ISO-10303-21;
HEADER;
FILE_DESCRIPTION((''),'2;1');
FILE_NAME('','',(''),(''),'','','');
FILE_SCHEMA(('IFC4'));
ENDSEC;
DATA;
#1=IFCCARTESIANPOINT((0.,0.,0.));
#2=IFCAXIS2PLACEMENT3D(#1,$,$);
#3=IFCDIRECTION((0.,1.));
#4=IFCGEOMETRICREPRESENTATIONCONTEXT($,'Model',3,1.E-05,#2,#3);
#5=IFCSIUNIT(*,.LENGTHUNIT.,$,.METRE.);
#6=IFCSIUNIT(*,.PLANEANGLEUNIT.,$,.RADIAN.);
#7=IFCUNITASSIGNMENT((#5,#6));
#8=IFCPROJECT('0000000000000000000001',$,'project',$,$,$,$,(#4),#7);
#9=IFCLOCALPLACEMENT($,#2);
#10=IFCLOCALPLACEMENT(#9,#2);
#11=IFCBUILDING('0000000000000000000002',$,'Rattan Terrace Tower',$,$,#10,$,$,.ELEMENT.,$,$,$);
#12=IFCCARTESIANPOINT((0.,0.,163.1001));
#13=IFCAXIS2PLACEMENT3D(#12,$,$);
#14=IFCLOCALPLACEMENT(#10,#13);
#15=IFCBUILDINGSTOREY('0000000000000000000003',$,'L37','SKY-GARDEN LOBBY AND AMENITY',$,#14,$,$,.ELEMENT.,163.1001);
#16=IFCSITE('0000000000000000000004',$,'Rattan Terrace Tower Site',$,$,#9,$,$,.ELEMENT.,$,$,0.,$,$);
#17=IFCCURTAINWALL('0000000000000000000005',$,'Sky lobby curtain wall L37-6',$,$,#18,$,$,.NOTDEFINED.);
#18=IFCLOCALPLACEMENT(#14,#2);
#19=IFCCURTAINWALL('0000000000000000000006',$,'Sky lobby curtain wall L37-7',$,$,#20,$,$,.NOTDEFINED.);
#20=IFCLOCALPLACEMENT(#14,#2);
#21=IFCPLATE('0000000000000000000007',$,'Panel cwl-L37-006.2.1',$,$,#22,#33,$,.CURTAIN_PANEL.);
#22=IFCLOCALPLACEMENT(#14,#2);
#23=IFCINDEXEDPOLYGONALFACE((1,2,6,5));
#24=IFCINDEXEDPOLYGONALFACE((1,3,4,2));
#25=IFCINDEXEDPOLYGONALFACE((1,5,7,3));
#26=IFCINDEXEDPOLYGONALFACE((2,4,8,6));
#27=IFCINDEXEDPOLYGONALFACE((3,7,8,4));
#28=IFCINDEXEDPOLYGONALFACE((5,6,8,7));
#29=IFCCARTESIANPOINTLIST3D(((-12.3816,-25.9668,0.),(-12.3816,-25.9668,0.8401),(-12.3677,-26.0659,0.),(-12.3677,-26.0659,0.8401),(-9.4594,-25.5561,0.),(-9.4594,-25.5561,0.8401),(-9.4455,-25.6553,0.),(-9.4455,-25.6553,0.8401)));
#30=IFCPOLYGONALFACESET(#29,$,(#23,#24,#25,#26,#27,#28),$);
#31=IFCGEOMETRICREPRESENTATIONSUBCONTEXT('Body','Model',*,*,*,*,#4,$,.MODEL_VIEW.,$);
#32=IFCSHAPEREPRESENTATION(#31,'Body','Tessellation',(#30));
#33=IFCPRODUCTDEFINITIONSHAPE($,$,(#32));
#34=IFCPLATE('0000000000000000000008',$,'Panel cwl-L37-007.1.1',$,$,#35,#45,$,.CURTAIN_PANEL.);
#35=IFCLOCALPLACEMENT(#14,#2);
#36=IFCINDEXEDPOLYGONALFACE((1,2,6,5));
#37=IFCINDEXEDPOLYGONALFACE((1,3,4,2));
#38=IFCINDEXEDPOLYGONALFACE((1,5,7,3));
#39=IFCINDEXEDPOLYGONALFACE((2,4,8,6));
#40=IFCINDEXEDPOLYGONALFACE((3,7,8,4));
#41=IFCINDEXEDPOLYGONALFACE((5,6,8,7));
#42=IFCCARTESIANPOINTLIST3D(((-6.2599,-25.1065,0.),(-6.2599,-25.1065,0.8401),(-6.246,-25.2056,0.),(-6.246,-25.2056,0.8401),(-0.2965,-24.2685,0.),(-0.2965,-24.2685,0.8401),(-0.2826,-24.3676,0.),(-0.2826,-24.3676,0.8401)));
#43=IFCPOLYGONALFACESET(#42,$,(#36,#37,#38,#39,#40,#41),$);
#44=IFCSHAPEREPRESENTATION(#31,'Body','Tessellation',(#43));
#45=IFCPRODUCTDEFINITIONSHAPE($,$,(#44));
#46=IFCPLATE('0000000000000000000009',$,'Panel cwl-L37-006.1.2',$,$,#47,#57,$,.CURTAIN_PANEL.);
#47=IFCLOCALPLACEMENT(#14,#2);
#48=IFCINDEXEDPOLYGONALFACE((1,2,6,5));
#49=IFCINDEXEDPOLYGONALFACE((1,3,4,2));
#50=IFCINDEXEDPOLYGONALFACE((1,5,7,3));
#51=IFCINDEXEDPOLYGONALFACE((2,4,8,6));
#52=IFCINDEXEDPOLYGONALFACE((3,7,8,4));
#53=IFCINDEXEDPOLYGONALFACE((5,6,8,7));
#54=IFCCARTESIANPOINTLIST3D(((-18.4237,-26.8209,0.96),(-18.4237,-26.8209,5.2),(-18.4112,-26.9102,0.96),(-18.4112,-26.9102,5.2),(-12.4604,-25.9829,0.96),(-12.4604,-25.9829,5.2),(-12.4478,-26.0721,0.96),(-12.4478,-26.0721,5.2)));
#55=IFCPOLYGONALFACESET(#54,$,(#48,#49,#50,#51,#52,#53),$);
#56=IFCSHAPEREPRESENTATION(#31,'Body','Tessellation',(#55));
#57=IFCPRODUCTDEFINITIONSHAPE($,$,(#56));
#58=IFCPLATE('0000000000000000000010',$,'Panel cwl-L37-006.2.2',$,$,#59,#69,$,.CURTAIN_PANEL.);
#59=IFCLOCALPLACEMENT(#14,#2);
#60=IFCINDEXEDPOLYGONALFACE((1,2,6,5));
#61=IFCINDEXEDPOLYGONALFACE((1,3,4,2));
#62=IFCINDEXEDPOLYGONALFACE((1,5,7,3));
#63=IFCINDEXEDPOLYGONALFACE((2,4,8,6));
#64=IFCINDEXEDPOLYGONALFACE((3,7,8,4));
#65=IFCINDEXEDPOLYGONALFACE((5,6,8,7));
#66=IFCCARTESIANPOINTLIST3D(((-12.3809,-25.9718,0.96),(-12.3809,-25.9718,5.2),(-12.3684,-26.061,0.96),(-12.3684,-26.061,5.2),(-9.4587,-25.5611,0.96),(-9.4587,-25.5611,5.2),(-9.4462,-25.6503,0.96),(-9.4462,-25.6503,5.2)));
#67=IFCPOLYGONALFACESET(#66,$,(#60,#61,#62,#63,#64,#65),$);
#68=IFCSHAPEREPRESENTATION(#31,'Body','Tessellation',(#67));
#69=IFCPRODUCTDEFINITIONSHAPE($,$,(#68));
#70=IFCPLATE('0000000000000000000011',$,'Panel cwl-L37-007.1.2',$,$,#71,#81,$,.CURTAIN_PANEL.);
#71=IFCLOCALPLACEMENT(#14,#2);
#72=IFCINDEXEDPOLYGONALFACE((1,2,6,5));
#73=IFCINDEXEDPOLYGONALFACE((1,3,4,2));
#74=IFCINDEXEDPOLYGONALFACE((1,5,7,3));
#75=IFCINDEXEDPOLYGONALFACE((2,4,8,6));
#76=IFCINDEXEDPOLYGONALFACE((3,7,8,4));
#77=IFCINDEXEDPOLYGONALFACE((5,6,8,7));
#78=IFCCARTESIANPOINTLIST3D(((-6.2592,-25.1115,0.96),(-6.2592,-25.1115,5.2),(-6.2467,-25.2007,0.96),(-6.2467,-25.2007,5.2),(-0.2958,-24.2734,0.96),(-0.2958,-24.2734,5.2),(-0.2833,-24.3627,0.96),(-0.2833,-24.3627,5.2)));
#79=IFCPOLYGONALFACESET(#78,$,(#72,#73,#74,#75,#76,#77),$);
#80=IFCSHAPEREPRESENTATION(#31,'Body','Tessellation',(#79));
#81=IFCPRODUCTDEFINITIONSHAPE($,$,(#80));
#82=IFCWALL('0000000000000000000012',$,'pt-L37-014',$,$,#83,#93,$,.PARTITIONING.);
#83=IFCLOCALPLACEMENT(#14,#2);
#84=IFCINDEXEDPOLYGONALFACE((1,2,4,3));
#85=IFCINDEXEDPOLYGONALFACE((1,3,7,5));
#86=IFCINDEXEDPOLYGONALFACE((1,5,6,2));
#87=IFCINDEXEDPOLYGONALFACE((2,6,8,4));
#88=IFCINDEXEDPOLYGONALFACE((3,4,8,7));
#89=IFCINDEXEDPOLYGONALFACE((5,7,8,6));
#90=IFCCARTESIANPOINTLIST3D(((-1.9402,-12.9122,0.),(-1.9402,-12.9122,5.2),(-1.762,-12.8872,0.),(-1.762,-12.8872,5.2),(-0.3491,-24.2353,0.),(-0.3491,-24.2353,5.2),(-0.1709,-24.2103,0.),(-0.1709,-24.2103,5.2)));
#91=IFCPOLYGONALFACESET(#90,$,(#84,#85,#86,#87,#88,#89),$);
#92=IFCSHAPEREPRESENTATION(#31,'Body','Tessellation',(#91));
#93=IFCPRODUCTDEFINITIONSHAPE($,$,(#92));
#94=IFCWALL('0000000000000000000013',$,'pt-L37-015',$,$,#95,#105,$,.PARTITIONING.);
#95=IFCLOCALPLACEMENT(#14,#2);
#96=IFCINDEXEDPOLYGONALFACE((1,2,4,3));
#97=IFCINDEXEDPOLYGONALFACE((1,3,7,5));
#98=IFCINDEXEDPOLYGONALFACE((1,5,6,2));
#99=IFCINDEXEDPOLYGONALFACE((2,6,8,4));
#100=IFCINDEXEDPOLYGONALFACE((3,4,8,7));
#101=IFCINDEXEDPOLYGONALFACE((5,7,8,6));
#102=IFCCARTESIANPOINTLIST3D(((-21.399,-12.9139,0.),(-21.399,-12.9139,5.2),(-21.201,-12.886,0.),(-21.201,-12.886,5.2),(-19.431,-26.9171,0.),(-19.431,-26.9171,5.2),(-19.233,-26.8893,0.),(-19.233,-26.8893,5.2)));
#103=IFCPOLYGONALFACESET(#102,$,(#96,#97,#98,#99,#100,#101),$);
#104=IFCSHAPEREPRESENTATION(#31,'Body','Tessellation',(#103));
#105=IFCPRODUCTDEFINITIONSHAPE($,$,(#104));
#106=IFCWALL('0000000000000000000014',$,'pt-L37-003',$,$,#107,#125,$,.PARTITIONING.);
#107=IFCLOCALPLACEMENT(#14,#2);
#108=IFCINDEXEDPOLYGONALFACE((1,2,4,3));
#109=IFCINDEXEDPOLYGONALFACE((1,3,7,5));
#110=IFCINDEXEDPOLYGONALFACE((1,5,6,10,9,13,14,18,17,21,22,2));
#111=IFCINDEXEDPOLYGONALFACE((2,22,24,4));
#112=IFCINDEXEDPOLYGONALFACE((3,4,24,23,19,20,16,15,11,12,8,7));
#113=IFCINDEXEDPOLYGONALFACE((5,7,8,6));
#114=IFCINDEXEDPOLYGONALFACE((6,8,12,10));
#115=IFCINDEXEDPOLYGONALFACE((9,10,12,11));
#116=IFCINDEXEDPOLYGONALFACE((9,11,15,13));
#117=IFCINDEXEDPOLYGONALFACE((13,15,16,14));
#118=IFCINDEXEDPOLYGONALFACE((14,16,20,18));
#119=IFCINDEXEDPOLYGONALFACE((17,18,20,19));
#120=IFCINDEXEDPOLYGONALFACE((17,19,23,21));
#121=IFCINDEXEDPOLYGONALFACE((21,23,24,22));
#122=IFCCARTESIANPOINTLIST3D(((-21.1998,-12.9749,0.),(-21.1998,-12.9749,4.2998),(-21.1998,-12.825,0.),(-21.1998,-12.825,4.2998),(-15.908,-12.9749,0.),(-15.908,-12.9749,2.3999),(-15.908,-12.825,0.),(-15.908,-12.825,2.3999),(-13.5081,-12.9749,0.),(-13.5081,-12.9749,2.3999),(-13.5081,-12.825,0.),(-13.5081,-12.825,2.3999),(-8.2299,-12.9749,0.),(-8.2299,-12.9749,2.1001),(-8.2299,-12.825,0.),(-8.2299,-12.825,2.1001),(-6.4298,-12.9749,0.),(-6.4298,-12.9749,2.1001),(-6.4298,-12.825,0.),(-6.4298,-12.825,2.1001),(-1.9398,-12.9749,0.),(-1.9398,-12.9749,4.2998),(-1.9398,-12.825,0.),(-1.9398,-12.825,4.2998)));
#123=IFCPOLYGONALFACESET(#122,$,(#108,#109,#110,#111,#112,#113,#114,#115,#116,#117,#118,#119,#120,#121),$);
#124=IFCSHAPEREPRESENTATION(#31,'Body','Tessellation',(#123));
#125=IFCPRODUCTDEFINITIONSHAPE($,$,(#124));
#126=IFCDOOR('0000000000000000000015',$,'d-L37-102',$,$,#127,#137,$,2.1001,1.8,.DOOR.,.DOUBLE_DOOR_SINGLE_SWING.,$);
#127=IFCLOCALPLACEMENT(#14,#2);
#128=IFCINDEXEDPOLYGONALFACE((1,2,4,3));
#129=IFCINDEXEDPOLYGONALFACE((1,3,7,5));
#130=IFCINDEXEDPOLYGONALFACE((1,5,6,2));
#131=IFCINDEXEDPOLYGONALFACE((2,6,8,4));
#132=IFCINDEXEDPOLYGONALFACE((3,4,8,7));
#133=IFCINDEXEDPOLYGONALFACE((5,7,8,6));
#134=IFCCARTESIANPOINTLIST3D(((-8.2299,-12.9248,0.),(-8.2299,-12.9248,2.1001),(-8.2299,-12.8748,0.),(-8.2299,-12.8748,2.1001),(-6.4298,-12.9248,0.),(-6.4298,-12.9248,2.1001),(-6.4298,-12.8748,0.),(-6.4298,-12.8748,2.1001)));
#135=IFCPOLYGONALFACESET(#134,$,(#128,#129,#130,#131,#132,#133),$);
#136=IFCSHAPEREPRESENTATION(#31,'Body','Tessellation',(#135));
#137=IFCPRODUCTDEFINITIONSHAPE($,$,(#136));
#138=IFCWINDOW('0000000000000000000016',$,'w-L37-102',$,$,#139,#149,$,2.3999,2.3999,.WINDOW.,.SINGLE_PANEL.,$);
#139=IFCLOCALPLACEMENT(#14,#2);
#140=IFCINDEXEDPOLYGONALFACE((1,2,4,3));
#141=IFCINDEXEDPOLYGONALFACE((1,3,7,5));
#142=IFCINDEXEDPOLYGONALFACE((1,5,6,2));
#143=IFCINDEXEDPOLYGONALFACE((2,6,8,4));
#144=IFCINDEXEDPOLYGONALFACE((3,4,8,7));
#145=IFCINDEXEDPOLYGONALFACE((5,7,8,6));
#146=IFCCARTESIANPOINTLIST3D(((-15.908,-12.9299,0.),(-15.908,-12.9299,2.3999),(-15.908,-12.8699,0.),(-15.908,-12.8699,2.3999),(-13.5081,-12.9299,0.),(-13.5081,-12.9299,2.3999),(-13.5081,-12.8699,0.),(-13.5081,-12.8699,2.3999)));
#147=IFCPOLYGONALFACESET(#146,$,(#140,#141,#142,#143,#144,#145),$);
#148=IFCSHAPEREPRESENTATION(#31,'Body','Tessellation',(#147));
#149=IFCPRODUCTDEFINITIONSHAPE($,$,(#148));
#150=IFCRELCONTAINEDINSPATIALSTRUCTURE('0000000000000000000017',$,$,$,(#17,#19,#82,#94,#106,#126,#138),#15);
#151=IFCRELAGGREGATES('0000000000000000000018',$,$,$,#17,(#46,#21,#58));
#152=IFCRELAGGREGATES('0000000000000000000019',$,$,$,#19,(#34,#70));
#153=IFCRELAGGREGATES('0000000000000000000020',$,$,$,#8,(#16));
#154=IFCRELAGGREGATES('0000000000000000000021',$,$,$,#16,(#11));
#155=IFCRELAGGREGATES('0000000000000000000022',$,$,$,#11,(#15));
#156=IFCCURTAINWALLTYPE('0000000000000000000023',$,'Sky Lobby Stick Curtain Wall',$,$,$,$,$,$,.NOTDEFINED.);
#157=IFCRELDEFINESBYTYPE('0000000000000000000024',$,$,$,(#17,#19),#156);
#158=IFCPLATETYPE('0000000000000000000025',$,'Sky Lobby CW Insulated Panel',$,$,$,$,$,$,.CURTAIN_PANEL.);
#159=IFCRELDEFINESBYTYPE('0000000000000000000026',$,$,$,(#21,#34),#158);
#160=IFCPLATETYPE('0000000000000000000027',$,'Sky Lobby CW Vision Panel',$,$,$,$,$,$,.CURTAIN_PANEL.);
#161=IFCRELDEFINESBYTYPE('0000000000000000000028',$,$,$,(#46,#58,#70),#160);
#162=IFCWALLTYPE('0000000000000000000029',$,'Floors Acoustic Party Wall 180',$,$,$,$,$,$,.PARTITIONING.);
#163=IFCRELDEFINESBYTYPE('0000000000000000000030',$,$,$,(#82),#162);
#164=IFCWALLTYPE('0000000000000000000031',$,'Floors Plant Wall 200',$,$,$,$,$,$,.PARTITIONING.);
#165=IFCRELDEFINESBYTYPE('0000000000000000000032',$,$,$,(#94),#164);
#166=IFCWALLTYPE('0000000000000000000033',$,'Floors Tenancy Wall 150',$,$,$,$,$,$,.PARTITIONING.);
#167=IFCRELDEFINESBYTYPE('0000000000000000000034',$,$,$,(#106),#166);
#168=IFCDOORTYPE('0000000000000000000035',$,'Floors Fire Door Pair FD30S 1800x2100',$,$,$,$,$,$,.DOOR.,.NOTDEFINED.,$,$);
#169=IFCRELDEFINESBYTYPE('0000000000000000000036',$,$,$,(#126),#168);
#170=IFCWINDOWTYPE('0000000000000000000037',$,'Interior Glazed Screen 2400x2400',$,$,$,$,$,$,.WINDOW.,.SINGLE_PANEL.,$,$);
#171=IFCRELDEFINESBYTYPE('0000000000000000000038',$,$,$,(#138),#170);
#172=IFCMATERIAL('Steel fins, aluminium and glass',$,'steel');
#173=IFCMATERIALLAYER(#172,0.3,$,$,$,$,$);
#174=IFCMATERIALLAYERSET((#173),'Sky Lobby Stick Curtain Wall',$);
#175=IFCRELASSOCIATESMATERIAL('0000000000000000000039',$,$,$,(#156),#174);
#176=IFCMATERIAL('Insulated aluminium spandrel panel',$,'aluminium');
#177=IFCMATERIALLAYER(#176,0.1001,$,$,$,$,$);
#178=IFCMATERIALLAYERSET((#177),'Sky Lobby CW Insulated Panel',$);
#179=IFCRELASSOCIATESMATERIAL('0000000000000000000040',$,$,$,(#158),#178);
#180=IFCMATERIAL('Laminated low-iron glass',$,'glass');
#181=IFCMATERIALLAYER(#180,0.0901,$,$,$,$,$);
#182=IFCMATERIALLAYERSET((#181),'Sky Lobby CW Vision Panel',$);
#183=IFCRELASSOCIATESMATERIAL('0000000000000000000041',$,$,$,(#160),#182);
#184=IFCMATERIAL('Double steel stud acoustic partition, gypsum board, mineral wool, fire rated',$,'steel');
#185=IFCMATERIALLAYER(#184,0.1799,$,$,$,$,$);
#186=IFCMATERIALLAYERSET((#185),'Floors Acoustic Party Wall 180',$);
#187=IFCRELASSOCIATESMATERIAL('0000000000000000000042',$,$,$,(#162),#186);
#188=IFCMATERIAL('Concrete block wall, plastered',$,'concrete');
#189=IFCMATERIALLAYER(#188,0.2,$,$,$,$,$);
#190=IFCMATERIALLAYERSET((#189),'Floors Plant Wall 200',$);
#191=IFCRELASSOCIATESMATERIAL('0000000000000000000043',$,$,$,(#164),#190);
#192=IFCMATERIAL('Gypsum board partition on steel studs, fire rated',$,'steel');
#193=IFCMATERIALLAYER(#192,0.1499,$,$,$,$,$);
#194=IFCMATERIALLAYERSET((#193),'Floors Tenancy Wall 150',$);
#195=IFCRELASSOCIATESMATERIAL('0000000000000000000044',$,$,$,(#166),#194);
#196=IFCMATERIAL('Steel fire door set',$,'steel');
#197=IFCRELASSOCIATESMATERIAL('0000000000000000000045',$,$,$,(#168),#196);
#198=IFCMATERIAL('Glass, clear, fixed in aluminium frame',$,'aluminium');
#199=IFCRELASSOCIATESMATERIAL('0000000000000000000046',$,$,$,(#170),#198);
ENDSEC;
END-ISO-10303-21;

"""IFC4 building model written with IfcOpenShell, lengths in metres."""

from ifc_helpers import new_model, si_unit, direction, frame, frame_2d, origin, origin_2d, place, context, subcontext, project, spatial, rectangle, extrude, material, layer, layer_set, type_object, element, fill, aggregate, save


model = new_model("IFC4")

# Units and contexts
model_context = context("Model", 3, precision=1e-05, world=origin(), true_north=direction((0.0, 1.0)))
body_context = subcontext(model_context, "Body", "Model", "MODEL_VIEW")
ifc_project = project(units=[si_unit("LENGTHUNIT", "METRE"), si_unit("PLANEANGLEUNIT", "RADIAN")], contexts=[model_context])

# Site, building, storey
site_placement = place(None, origin())
site = spatial("IfcSite", under=ifc_project, at=site_placement, Name="Rattan Terrace Tower Site", CompositionType="ELEMENT", RefElevation=0.0)
building_placement = place(site_placement, origin())
building = spatial("IfcBuilding", under=site, at=building_placement, Name="Rattan Terrace Tower", CompositionType="ELEMENT")
storey_placement = place(building_placement, frame((0.0, 0.0, 163.1001)))
storey = spatial("IfcBuildingStorey", under=building, at=storey_placement, Name="L37", Description="SKY-GARDEN LOBBY AND AMENITY", CompositionType="ELEMENT", Elevation=163.1001)

# Curtain walls
ifc_material_1 = material(Name="Steel fins, aluminium and glass", Category="steel")
ifc_layer_1 = layer(ifc_material_1, 0.3)
ifc_layer_set_1 = layer_set([ifc_layer_1], Name="Sky Lobby Stick Curtain Wall")
curtain_wall_type = type_object("IfcCurtainWallType", Name="Sky Lobby Stick Curtain Wall", PredefinedType="NOTDEFINED", material=ifc_layer_set_1)
curtain_wall_1_placement = place(storey_placement, origin())
curtain_wall_1 = element("IfcCurtainWall", 1, at=curtain_wall_1_placement, inside=storey, type_object=curtain_wall_type, Name="Sky lobby curtain wall L37-6", PredefinedType="NOTDEFINED")
curtain_wall_2_placement = place(storey_placement, origin())
curtain_wall_2 = element("IfcCurtainWall", 2, at=curtain_wall_2_placement, inside=storey, type_object=curtain_wall_type, Name="Sky lobby curtain wall L37-7", PredefinedType="NOTDEFINED")

# Plates
ifc_material_2 = material(Name="Insulated aluminium spandrel panel", Category="aluminium")
ifc_layer_2 = layer(ifc_material_2, 0.1001)
ifc_layer_set_2 = layer_set([ifc_layer_2], Name="Sky Lobby CW Insulated Panel")
plate_type_1 = type_object("IfcPlateType", Name="Sky Lobby CW Insulated Panel", PredefinedType="CURTAIN_PANEL", material=ifc_layer_set_2)
plate_1_placement = place(storey_placement, frame((-10.9136, -25.811, 0.0), z_axis=(0.0, 0.0, 1.0), x_axis=(0.99027, 0.139161, 0.0)))
plate_1 = element("IfcPlate", 3, at=plate_1_placement, type_object=plate_type_1, Name="Panel cwl-L37-006.2.1", PredefinedType="CURTAIN_PANEL", context=body_context, shape_type="SweptSolid", body=[
    extrude(rectangle(XDim=2.9509, YDim=0.1001, at=origin_2d()), origin(), (0.0, 0.0, 1.0), 0.8401),
])
plate_2_placement = place(storey_placement, frame((-3.2712, -24.7371, 0.0), z_axis=(0.0, 0.0, 1.0), x_axis=(0.99027, 0.139161, 0.0)))
plate_2 = element("IfcPlate", 4, at=plate_2_placement, type_object=plate_type_1, Name="Panel cwl-L37-007.1.1", PredefinedType="CURTAIN_PANEL", context=body_context, shape_type="SweptSolid", body=[
    extrude(rectangle(XDim=6.022, YDim=0.1001, at=origin_2d()), origin(), (0.0, 0.0, 1.0), 0.8401),
])
ifc_material_3 = material(Name="Laminated low-iron glass", Category="glass")
ifc_layer_3 = layer(ifc_material_3, 0.0901)
ifc_layer_set_3 = layer_set([ifc_layer_3], Name="Sky Lobby CW Vision Panel")
plate_type_2 = type_object("IfcPlateType", Name="Sky Lobby CW Vision Panel", PredefinedType="CURTAIN_PANEL", material=ifc_layer_set_3)
plate_3_placement = place(storey_placement, frame((-15.4358, -26.4465, 0.96), z_axis=(0.0, 0.0, 1.0), x_axis=(0.99027, 0.139161, 0.0)))
plate_3 = element("IfcPlate", 5, at=plate_3_placement, type_object=plate_type_2, Name="Panel cwl-L37-006.1.2", PredefinedType="CURTAIN_PANEL", context=body_context, shape_type="SweptSolid", body=[
    extrude(rectangle(XDim=6.022, YDim=0.0901, at=origin_2d()), origin(), (0.0, 0.0, 1.0), 4.24),
])
plate_4_placement = place(storey_placement, frame((-10.9136, -25.811, 0.96), z_axis=(0.0, 0.0, 1.0), x_axis=(0.99027, 0.139161, 0.0)))
plate_4 = element("IfcPlate", 6, at=plate_4_placement, type_object=plate_type_2, Name="Panel cwl-L37-006.2.2", PredefinedType="CURTAIN_PANEL", context=body_context, shape_type="SweptSolid", body=[
    extrude(rectangle(XDim=2.9509, YDim=0.0901, at=origin_2d()), origin(), (0.0, 0.0, 1.0), 4.24),
])
aggregate(curtain_wall_1, [plate_3, plate_1, plate_4])
plate_5_placement = place(storey_placement, frame((-3.2712, -24.7371, 0.96), z_axis=(0.0, 0.0, 1.0), x_axis=(0.99027, 0.139161, 0.0)))
plate_5 = element("IfcPlate", 7, at=plate_5_placement, type_object=plate_type_2, Name="Panel cwl-L37-007.1.2", PredefinedType="CURTAIN_PANEL", context=body_context, shape_type="SweptSolid", body=[
    extrude(rectangle(XDim=6.022, YDim=0.0901, at=origin_2d()), origin(), (0.0, 0.0, 1.0), 4.24),
])
aggregate(curtain_wall_2, [plate_2, plate_5])

# Walls
ifc_material_4 = material(Name="Double steel stud acoustic partition, gypsum board, mineral wool, fire rated", Category="steel")
ifc_layer_4 = layer(ifc_material_4, 0.1799)
ifc_layer_set_4 = layer_set([ifc_layer_4], Name="Floors Acoustic Party Wall 180")
wall_type_1 = type_object("IfcWallType", Name="Floors Acoustic Party Wall 180", PredefinedType="PARTITIONING", material=ifc_layer_set_4)
wall_1_placement = place(storey_placement, frame((-0.26, -24.2229, 0.0), z_axis=(0.0, 0.0, 1.0), x_axis=(-0.139149, 0.990271, 0.0)))
element("IfcWall", 8, at=wall_1_placement, inside=storey, type_object=wall_type_1, Name="pt-L37-014", PredefinedType="PARTITIONING", context=body_context, shape_type="SweptSolid", body=[
    extrude(rectangle(XDim=11.4343, YDim=0.1799, at=frame_2d((5.7173, 0.0))), origin(), (0.0, 0.0, 1.0), 5.2),
])
ifc_material_5 = material(Name="Concrete block wall, plastered", Category="concrete")
ifc_layer_5 = layer(ifc_material_5, 0.2)
ifc_layer_set_5 = layer_set([ifc_layer_5], Name="Floors Plant Wall 200")
wall_type_2 = type_object("IfcWallType", Name="Floors Plant Wall 200", PredefinedType="PARTITIONING", material=ifc_layer_set_5)
wall_2_placement = place(storey_placement, frame((-19.332, -26.9031, 0.0), z_axis=(0.0, 0.0, 1.0), x_axis=(-0.139173, 0.990268, 0.0)))
element("IfcWall", 9, at=wall_2_placement, inside=storey, type_object=wall_type_2, Name="pt-L37-015", PredefinedType="PARTITIONING", context=body_context, shape_type="SweptSolid", body=[
    extrude(rectangle(XDim=14.1409, YDim=0.2, at=frame_2d((7.0703, 0.0))), origin(), (0.0, 0.0, 1.0), 5.2),
])

# Wall, openings, door, window
ifc_material_6 = material(Name="Gypsum board partition on steel studs, fire rated", Category="steel")
ifc_layer_6 = layer(ifc_material_6, 0.1499)
ifc_layer_set_6 = layer_set([ifc_layer_6], Name="Floors Tenancy Wall 150")
wall_type_3 = type_object("IfcWallType", Name="Floors Tenancy Wall 150", PredefinedType="PARTITIONING", material=ifc_layer_set_6)
wall_3_placement = place(storey_placement, frame((-1.9399, -12.8999, 0.0), z_axis=(0.0, 0.0, 1.0), x_axis=(-1.0, 0.0, 0.0)))
wall_3 = element("IfcWall", 10, at=wall_3_placement, inside=storey, type_object=wall_type_3, Name="pt-L37-003", PredefinedType="PARTITIONING", context=body_context, shape_type="SweptSolid", body=[
    extrude(rectangle(XDim=19.26, YDim=0.1499, at=frame_2d((9.6299, 0.0))), origin(), (0.0, 0.0, 1.0), 4.2998),
])
opening_1_placement = place(wall_3_placement, frame((4.49, 0.0, 0.0)))
opening_1 = element("IfcOpeningElement", 11, at=opening_1_placement, cuts=wall_3, PredefinedType="OPENING", context=body_context, shape_type="SweptSolid", body=[
    extrude(rectangle(XDim=1.8, YDim=2.1001, at=frame_2d((0.8999, 1.05))), frame((0.0, 0.0854, 0.0), z_axis=(0.0, -1.0, 0.0), x_axis=(1.0, 0.0, 0.0)), (0.0, 0.0, 1.0), 0.1709),
])
opening_2_placement = place(wall_3_placement, frame((11.5681, 0.0, 0.0)))
opening_2 = element("IfcOpeningElement", 12, at=opening_2_placement, cuts=wall_3, PredefinedType="OPENING", context=body_context, shape_type="SweptSolid", body=[
    extrude(rectangle(XDim=2.3999, YDim=2.3999, at=frame_2d((1.2, 1.2))), frame((0.0, 0.0854, 0.0), z_axis=(0.0, -1.0, 0.0), x_axis=(1.0, 0.0, 0.0)), (0.0, 0.0, 1.0), 0.1709),
])
ifc_material_7 = material(Name="Steel fire door set", Category="steel")
door_type_1 = type_object("IfcDoorType", Name="Floors Fire Door Pair FD30S 1800x2100", OperationType="NOTDEFINED", PredefinedType="DOOR", material=ifc_material_7)
door_1_placement = place(opening_1_placement, origin())
door_1 = element("IfcDoor", 13, at=door_1_placement, inside=storey, type_object=door_type_1, Name="d-L37-102", OperationType="DOUBLE_DOOR_SINGLE_SWING", OverallHeight=2.1001, OverallWidth=1.8, PredefinedType="DOOR", context=body_context, shape_type="SweptSolid", body=[
    extrude(rectangle(XDim=1.8, YDim=2.1001, at=frame_2d((0.8999, 1.05))), frame((0.0, 0.0249, 0.0), z_axis=(0.0, -1.0, 0.0), x_axis=(1.0, 0.0, 0.0)), (0.0, 0.0, 1.0), 0.05),
])
fill(opening_1, door_1)
ifc_material_8 = material(Name="Glass, clear, fixed in aluminium frame", Category="aluminium")
window_type = type_object("IfcWindowType", Name="Interior Glazed Screen 2400x2400", PartitioningType="SINGLE_PANEL", PredefinedType="WINDOW", material=ifc_material_8)
window_placement = place(opening_2_placement, origin())
window = element("IfcWindow", 14, at=window_placement, inside=storey, type_object=window_type, Name="w-L37-102", OverallHeight=2.3999, OverallWidth=2.3999, PartitioningType="SINGLE_PANEL", PredefinedType="WINDOW", context=body_context, shape_type="SweptSolid", body=[
    extrude(rectangle(XDim=2.3999, YDim=2.3999, at=frame_2d((1.2, 1.2))), frame((0.0, 0.03, 0.0), z_axis=(0.0, -1.0, 0.0), x_axis=(1.0, 0.0, 0.0)), (0.0, 0.0, 1.0), 0.0601),
])
fill(opening_2, window)

save(model, "model.ifc")
